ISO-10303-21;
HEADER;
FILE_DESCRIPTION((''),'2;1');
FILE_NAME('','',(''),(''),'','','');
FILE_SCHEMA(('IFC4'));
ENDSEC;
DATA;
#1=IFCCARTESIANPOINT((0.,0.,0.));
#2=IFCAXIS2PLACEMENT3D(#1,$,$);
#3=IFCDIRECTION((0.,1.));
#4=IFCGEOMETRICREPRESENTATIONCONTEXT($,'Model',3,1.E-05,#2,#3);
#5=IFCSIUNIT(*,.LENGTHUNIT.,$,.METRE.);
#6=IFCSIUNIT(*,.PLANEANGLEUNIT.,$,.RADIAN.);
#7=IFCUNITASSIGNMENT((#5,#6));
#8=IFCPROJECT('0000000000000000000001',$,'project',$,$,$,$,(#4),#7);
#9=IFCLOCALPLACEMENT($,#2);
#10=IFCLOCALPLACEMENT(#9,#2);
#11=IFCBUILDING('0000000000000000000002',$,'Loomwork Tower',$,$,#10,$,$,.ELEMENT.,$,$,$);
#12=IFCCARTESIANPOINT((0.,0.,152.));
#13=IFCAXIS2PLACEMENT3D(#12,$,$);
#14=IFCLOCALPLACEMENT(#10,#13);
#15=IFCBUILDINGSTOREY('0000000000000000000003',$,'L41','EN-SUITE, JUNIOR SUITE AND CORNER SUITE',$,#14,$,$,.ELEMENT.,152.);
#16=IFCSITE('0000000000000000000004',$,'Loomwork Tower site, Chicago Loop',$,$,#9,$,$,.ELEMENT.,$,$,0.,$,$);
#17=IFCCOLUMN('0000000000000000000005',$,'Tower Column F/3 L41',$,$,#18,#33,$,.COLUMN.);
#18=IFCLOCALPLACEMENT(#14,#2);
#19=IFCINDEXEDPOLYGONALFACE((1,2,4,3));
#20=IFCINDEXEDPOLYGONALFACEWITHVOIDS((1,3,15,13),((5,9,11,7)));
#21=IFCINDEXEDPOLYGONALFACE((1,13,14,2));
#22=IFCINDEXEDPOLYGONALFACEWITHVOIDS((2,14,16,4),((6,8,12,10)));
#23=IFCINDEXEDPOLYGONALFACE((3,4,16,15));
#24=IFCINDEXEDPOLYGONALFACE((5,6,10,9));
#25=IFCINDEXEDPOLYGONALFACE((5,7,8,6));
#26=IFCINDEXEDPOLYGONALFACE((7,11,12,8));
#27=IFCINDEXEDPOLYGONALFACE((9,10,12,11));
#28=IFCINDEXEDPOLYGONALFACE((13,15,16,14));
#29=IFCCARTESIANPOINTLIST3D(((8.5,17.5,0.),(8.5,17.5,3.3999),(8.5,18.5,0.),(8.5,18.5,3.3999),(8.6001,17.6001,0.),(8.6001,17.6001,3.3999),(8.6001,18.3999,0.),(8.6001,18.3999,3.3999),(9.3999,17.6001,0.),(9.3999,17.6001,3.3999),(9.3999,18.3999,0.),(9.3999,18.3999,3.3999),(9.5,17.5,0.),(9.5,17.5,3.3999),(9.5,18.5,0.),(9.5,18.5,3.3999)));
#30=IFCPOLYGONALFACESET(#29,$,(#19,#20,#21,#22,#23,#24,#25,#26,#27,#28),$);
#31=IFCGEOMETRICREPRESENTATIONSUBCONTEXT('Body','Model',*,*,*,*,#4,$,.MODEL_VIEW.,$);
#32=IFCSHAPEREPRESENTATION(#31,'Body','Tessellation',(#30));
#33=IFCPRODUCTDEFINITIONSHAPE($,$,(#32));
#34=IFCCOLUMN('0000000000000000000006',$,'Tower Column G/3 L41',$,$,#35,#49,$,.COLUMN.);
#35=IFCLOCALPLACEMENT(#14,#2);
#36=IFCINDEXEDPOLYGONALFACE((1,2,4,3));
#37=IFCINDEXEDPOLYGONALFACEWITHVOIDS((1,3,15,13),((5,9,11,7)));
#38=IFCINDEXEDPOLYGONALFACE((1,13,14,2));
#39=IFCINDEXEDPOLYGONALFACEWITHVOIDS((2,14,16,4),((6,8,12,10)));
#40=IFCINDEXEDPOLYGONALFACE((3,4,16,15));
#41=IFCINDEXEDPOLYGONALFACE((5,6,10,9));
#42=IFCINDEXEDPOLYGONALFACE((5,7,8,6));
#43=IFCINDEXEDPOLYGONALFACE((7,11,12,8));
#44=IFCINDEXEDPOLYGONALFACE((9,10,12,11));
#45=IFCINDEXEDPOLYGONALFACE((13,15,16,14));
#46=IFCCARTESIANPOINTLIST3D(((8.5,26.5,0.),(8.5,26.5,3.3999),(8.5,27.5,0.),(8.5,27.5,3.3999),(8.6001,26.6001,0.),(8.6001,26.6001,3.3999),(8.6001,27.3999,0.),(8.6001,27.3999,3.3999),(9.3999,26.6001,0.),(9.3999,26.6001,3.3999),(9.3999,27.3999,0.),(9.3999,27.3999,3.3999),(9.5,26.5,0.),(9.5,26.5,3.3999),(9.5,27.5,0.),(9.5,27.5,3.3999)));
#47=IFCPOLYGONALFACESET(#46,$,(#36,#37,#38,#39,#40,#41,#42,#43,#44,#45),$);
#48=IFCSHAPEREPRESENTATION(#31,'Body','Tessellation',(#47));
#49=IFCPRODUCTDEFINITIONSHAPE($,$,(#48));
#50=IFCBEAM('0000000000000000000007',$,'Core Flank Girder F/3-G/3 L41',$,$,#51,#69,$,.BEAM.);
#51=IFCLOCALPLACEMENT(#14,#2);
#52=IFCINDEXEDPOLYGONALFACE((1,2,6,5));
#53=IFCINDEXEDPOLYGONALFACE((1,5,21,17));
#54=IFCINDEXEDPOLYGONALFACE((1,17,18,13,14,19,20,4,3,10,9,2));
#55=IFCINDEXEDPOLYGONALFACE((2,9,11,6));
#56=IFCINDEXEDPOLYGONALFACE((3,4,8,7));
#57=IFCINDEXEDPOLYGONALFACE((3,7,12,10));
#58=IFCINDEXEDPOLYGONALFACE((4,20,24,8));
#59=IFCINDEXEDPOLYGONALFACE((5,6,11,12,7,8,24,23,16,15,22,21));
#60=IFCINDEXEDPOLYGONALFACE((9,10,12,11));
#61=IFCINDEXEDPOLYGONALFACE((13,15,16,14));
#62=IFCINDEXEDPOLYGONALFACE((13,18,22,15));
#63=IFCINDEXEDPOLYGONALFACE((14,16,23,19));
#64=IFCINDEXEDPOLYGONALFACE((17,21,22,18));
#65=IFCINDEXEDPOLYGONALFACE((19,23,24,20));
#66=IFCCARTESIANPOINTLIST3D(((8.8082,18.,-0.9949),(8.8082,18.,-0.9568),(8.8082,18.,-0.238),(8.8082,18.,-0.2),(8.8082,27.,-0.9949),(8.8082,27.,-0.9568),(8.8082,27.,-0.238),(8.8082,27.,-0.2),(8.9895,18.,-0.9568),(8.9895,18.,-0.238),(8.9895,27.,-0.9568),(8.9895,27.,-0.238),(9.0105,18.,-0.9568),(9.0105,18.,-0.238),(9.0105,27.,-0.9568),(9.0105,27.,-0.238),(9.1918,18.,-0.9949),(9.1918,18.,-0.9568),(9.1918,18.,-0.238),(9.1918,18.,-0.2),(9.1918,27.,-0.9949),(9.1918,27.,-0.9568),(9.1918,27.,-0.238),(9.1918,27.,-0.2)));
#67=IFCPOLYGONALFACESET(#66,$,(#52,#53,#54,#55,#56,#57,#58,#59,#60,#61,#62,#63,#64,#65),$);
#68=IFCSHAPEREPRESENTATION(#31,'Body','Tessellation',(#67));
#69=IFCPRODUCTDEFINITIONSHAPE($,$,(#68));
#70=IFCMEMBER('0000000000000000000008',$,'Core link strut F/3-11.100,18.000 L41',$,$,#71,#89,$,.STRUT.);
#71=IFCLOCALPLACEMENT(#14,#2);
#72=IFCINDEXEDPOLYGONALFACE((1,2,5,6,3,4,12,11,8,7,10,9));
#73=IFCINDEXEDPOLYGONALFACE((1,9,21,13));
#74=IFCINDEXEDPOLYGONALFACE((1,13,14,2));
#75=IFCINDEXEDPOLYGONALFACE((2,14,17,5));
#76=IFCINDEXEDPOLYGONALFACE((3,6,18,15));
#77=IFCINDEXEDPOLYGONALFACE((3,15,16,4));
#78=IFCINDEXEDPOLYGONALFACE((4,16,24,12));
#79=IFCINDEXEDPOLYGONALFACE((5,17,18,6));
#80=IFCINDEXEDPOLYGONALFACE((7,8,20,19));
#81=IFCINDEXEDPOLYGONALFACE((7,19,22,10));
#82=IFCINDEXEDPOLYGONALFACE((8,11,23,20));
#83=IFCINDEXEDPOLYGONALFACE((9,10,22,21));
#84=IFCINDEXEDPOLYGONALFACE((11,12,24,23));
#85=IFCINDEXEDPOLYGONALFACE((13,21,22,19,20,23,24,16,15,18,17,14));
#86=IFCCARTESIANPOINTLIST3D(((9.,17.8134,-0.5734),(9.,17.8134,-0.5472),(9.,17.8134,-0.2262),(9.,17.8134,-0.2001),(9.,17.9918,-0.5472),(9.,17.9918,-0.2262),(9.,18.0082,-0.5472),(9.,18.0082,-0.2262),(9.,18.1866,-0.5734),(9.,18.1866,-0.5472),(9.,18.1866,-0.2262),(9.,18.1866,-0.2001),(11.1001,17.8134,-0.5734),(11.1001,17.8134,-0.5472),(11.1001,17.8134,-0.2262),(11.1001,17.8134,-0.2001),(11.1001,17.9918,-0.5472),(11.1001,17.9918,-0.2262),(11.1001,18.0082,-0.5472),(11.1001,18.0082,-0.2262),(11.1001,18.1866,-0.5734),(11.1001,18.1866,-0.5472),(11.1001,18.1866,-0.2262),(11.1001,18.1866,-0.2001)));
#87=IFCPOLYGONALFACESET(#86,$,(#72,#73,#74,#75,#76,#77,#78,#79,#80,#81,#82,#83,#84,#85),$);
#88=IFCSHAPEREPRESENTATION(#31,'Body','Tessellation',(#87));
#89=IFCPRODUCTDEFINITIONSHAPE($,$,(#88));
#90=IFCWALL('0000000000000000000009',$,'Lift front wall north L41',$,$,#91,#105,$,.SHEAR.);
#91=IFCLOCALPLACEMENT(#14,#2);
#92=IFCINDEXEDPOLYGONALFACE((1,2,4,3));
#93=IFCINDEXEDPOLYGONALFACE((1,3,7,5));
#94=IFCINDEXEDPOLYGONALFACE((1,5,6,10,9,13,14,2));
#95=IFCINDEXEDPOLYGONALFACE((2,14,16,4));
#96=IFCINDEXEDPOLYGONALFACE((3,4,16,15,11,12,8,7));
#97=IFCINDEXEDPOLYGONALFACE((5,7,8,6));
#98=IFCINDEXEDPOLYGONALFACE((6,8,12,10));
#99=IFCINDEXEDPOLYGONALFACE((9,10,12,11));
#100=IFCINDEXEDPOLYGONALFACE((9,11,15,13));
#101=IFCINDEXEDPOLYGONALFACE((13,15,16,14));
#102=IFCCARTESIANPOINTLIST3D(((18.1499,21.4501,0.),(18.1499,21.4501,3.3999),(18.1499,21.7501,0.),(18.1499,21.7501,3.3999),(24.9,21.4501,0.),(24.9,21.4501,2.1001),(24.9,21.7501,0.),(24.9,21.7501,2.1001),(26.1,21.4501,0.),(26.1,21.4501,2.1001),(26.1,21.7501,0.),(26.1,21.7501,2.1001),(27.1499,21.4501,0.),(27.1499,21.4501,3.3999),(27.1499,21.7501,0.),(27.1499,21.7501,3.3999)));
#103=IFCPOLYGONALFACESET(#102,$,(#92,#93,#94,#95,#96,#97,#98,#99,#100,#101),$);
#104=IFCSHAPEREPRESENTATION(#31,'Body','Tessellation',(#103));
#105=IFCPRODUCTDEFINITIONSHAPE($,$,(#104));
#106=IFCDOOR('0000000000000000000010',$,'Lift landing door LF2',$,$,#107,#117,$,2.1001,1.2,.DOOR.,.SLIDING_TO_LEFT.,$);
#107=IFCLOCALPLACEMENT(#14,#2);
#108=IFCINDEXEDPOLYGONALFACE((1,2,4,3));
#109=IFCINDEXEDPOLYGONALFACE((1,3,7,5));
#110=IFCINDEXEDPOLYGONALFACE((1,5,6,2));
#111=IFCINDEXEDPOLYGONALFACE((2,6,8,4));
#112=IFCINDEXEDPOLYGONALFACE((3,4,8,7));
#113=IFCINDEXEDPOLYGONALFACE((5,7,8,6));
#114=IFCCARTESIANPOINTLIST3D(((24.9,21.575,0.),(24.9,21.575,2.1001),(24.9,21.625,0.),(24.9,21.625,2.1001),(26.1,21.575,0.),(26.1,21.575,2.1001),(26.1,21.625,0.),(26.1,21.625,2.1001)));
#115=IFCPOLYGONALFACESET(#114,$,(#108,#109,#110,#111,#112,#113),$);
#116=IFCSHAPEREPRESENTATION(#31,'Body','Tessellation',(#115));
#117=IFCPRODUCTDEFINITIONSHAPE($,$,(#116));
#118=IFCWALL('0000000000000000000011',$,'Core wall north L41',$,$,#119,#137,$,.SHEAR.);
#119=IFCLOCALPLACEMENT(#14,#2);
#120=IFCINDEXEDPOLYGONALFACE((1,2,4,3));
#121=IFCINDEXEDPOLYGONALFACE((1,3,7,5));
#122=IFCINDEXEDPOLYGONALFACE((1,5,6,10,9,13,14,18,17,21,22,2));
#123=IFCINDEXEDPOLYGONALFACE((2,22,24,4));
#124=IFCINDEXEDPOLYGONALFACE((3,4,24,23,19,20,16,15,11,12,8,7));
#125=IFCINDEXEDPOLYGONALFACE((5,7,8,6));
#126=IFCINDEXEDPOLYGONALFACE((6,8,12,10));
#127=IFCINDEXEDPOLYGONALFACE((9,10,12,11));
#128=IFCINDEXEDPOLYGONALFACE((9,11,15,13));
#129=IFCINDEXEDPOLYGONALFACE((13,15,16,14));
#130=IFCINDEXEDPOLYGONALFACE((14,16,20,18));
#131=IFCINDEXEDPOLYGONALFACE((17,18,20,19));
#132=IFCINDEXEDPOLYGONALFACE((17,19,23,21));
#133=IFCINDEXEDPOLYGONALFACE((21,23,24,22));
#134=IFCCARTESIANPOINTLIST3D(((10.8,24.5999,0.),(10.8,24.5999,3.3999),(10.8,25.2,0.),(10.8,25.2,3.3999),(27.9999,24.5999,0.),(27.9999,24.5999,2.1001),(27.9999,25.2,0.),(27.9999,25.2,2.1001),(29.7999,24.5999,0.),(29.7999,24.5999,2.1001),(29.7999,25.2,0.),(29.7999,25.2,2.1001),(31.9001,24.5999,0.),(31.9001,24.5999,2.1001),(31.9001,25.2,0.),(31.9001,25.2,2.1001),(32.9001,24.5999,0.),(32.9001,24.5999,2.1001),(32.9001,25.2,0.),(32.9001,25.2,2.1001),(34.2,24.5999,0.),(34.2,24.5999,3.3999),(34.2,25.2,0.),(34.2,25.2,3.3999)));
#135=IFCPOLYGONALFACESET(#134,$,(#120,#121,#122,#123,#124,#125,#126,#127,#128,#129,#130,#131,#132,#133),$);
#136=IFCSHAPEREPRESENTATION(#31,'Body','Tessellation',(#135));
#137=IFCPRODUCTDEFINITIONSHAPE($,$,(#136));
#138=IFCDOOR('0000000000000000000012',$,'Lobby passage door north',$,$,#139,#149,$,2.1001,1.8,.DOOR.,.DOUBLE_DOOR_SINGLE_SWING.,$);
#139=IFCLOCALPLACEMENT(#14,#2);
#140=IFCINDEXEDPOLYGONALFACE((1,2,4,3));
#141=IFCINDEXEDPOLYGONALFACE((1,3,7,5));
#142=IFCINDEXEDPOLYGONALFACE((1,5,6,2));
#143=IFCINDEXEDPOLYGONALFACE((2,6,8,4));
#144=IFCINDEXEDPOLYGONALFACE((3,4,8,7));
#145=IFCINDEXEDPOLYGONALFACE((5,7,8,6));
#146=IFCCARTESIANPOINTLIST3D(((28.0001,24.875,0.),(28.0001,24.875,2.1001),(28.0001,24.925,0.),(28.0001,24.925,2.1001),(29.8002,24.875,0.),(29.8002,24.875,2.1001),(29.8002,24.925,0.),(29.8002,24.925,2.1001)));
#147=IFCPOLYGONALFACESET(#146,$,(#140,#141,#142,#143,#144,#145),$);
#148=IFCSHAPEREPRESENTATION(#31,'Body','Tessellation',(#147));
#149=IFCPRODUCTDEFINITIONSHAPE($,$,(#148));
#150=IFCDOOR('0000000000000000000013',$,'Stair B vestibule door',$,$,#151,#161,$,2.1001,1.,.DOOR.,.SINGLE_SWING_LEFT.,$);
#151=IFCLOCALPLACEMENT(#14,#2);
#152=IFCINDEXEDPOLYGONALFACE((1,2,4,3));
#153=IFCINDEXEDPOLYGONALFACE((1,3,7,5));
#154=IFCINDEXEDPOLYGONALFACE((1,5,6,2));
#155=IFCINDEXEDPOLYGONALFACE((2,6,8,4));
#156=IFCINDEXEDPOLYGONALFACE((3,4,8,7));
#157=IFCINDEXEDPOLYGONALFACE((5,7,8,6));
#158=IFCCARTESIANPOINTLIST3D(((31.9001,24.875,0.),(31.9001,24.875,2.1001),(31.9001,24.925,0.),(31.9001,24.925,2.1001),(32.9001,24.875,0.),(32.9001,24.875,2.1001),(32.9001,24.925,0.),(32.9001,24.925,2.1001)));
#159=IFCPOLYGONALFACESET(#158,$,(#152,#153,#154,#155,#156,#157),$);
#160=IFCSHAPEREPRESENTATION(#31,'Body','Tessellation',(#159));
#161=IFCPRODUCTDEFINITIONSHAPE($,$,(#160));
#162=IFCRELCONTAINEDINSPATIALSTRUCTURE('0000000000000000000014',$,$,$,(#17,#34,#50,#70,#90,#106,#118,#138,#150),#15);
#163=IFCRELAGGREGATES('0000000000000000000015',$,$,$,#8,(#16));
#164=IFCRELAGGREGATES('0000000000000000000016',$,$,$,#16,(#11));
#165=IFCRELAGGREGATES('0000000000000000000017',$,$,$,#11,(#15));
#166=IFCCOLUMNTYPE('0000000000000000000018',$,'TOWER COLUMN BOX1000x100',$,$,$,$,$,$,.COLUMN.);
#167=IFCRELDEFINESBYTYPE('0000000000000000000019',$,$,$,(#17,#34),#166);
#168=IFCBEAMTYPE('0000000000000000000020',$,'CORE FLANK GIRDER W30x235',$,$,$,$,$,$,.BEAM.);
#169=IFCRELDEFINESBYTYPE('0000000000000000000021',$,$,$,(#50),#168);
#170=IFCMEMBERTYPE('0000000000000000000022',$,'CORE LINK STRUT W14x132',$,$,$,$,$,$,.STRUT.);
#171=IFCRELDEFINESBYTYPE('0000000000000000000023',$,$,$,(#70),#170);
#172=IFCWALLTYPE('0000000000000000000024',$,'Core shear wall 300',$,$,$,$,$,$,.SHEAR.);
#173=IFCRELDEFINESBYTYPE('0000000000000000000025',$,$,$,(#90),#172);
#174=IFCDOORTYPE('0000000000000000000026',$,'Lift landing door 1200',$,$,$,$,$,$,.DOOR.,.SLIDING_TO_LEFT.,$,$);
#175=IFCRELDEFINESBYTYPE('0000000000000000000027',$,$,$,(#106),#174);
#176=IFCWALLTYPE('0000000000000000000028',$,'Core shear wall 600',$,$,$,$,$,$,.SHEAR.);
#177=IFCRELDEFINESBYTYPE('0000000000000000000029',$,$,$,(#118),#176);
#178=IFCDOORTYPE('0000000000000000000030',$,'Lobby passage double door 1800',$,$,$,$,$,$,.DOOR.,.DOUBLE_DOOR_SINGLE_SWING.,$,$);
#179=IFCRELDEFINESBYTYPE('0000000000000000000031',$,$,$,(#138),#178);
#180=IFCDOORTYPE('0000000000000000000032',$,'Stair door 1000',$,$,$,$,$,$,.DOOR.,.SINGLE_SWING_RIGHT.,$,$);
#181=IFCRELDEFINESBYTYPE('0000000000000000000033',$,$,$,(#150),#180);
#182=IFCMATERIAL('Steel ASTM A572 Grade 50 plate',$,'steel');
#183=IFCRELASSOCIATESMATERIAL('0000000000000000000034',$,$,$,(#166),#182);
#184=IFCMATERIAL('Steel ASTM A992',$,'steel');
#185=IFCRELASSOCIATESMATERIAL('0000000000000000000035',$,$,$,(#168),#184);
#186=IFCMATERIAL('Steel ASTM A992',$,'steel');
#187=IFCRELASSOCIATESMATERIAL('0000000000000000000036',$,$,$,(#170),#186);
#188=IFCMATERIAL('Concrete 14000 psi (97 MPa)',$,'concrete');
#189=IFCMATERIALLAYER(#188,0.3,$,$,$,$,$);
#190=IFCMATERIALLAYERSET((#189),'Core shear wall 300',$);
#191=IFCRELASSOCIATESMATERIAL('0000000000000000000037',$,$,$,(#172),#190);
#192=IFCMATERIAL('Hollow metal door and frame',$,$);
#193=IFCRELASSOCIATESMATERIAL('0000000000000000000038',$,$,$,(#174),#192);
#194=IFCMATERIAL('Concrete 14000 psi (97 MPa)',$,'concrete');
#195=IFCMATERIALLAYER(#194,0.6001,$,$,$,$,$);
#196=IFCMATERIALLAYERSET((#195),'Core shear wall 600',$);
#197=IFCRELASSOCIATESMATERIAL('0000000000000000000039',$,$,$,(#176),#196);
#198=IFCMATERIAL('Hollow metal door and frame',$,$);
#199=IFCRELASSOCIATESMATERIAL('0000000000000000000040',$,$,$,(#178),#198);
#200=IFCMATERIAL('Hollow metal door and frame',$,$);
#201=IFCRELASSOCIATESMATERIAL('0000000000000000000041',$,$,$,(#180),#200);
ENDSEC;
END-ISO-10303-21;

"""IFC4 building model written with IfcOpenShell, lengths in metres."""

from ifc_helpers import new_model, si_unit, direction, frame, frame_2d, origin, origin_2d, place, context, subcontext, project, spatial, rectangle, hollow_rectangle, i_section, extrude, material, layer, layer_set, material_profile, profile_set, type_object, element, fill, save


model = new_model("IFC4")

# Units and contexts
model_context = context("Model", 3, precision=1e-05, world=origin(), true_north=direction((0.0, 1.0)))
body_context = subcontext(model_context, "Body", "Model", "MODEL_VIEW")
ifc_project = project(units=[si_unit("LENGTHUNIT", "METRE"), si_unit("PLANEANGLEUNIT", "RADIAN")], contexts=[model_context])

# Site, building, storey
site_placement = place(None, origin())
site = spatial("IfcSite", under=ifc_project, at=site_placement, Name="Loomwork Tower site, Chicago Loop", CompositionType="ELEMENT", RefElevation=0.0)
building_placement = place(site_placement, origin())
building = spatial("IfcBuilding", under=site, at=building_placement, Name="Loomwork Tower", CompositionType="ELEMENT")
storey_placement = place(building_placement, frame((0.0, 0.0, 152.0)))
storey = spatial("IfcBuildingStorey", under=building, at=storey_placement, Name="L41", Description="EN-SUITE, JUNIOR SUITE AND CORNER SUITE", CompositionType="ELEMENT", Elevation=152.0)

# Columns
ifc_material_1 = material(Name="Steel ASTM A572 Grade 50 plate", Category="steel")
ifc_material_profile_1 = material_profile(ifc_material_1, hollow_rectangle(XDim=1.0, YDim=1.0, WallThickness=0.1001, at=origin_2d()), Name="BOX1000x100")
ifc_profile_set_1 = profile_set([ifc_material_profile_1], Name="Steel ASTM A572 Grade 50 plate")
column_type = type_object("IfcColumnType", Name="TOWER COLUMN BOX1000x100", PredefinedType="COLUMN", material=ifc_profile_set_1)
for number, where, z_axis, x_axis, name in (
    (1, (9.0, 18.0, 0.0), (0.0, 0.0, 1.0), (1.0, 0.0, 0.0), "Tower Column F/3 L41"),
    (2, (9.0, 27.0, 0.0), (0.0, 0.0, 1.0), (1.0, 0.0, 0.0), "Tower Column G/3 L41"),
):
    element("IfcColumn", number, at=place(storey_placement, frame(where, z_axis=z_axis, x_axis=x_axis)), inside=storey, type_object=column_type, Name=name, PredefinedType="COLUMN", context=body_context, shape_type="SweptSolid", body=[
        extrude(hollow_rectangle(XDim=1.0, YDim=1.0, WallThickness=0.1001, at=origin_2d()), origin(), (0.0, 0.0, 1.0), 3.3999),
    ])

# Beam
ifc_material_2 = material(Name="Steel ASTM A992", Category="steel")
ifc_material_profile_2 = material_profile(ifc_material_2, i_section(OverallWidth=0.3835, OverallDepth=0.7949, WebThickness=0.021, FlangeThickness=0.0381, at=origin_2d()), Name="W30x235")
ifc_profile_set_2 = profile_set([ifc_material_profile_2], Name="Steel ASTM A992")
beam_type = type_object("IfcBeamType", Name="CORE FLANK GIRDER W30x235", PredefinedType="BEAM", material=ifc_profile_set_2)
beam_placement = place(storey_placement, frame((9.0, 18.0, -0.5974), z_axis=(0.0, 1.0, 0.0), x_axis=(-1.0, 0.0, 0.0)))
element("IfcBeam", 3, at=beam_placement, inside=storey, type_object=beam_type, Name="Core Flank Girder F/3-G/3 L41", PredefinedType="BEAM", context=body_context, shape_type="SweptSolid", body=[
    extrude(i_section(OverallWidth=0.3835, OverallDepth=0.7949, WebThickness=0.021, FlangeThickness=0.0381, at=origin_2d()), origin(), (0.0, 0.0, 1.0), 9.0),
])

# Member
ifc_material_3 = material(Name="Steel ASTM A992", Category="steel")
ifc_material_profile_3 = material_profile(ifc_material_3, i_section(OverallWidth=0.3733, OverallDepth=0.3733, WebThickness=0.0164, FlangeThickness=0.0261, at=origin_2d()), Name="W14x132")
ifc_profile_set_3 = profile_set([ifc_material_profile_3], Name="Steel ASTM A992")
member_type = type_object("IfcMemberType", Name="CORE LINK STRUT W14x132", PredefinedType="STRUT", material=ifc_profile_set_3)
member_placement = place(storey_placement, frame((9.0, 18.0, -0.3867), z_axis=(1.0, 0.0, 0.0), x_axis=(0.0, 1.0, 0.0)))
element("IfcMember", 4, at=member_placement, inside=storey, type_object=member_type, Name="Core link strut F/3-11.100,18.000 L41", PredefinedType="STRUT", context=body_context, shape_type="SweptSolid", body=[
    extrude(i_section(OverallWidth=0.3733, OverallDepth=0.3733, WebThickness=0.0164, FlangeThickness=0.0261, at=origin_2d()), origin(), (0.0, 0.0, 1.0), 2.1001),
])

# Wall, opening, door
ifc_material_4 = material(Name="Concrete 14000 psi (97 MPa)", Category="concrete")
ifc_layer_1 = layer(ifc_material_4, 0.3)
ifc_layer_set_1 = layer_set([ifc_layer_1], Name="Core shear wall 300")
wall_type_1 = type_object("IfcWallType", Name="Core shear wall 300", PredefinedType="SHEAR", material=ifc_layer_set_1)
wall_1_placement = place(storey_placement, frame((18.1499, 21.6001, 0.0), z_axis=(0.0, 0.0, 1.0), x_axis=(1.0, 0.0, 0.0)))
wall_1 = element("IfcWall", 5, at=wall_1_placement, inside=storey, type_object=wall_type_1, Name="Lift front wall north L41", PredefinedType="SHEAR", context=body_context, shape_type="SweptSolid", body=[
    extrude(rectangle(XDim=9.0, YDim=0.3, at=frame_2d((4.5, 0.0))), origin(), (0.0, 0.0, 1.0), 3.3999),
])
opening_1_placement = place(wall_1_placement, frame((6.75, 0.0, 0.0)))
opening_1 = element("IfcOpeningElement", 6, at=opening_1_placement, cuts=wall_1, PredefinedType="OPENING", context=body_context, shape_type="SweptSolid", body=[
    extrude(rectangle(XDim=1.2, YDim=2.1001, at=frame_2d((0.6001, 1.05))), frame((0.0, 0.1599, 0.0), z_axis=(0.0, -1.0, 0.0), x_axis=(1.0, 0.0, 0.0)), (0.0, 0.0, 1.0), 0.3201),
])
ifc_material_5 = material(Name="Hollow metal door and frame")
door_type_1 = type_object("IfcDoorType", Name="Lift landing door 1200", OperationType="SLIDING_TO_LEFT", PredefinedType="DOOR", material=ifc_material_5)
door_1_placement = place(opening_1_placement, origin())
door_1 = element("IfcDoor", 7, at=door_1_placement, inside=storey, type_object=door_type_1, Name="Lift landing door LF2", OperationType="SLIDING_TO_LEFT", OverallHeight=2.1001, OverallWidth=1.2, PredefinedType="DOOR", context=body_context, shape_type="SweptSolid", body=[
    extrude(rectangle(XDim=1.2, YDim=2.1001, at=frame_2d((0.6001, 1.05))), frame((0.0, 0.0249, 0.0), z_axis=(0.0, -1.0, 0.0), x_axis=(1.0, 0.0, 0.0)), (0.0, 0.0, 1.0), 0.05),
])
fill(opening_1, door_1)

# Wall, openings, doors
ifc_material_6 = material(Name="Concrete 14000 psi (97 MPa)", Category="concrete")
ifc_layer_2 = layer(ifc_material_6, 0.6001)
ifc_layer_set_2 = layer_set([ifc_layer_2], Name="Core shear wall 600")
wall_type_2 = type_object("IfcWallType", Name="Core shear wall 600", PredefinedType="SHEAR", material=ifc_layer_set_2)
wall_2_placement = place(storey_placement, frame((10.8, 24.8999, 0.0), z_axis=(0.0, 0.0, 1.0), x_axis=(1.0, 0.0, 0.0)))
wall_2 = element("IfcWall", 8, at=wall_2_placement, inside=storey, type_object=wall_type_2, Name="Core wall north L41", PredefinedType="SHEAR", context=body_context, shape_type="SweptSolid", body=[
    extrude(rectangle(XDim=23.3999, YDim=0.6001, at=frame_2d((11.7, 0.0))), origin(), (0.0, 0.0, 1.0), 3.3999),
])
opening_2_placement = place(wall_2_placement, frame((17.2, 0.0, 0.0)))
opening_2 = element("IfcOpeningElement", 9, at=opening_2_placement, cuts=wall_2, PredefinedType="OPENING", context=body_context, shape_type="SweptSolid", body=[
    extrude(rectangle(XDim=1.8, YDim=2.1001, at=frame_2d((0.8999, 1.05))), frame((0.0, 0.3101, 0.0), z_axis=(0.0, -1.0, 0.0), x_axis=(1.0, 0.0, 0.0)), (0.0, 0.0, 1.0), 0.6201),
])
opening_3_placement = place(wall_2_placement, frame((21.1001, 0.0, 0.0)))
opening_3 = element("IfcOpeningElement", 10, at=opening_3_placement, cuts=wall_2, PredefinedType="OPENING", context=body_context, shape_type="SweptSolid", body=[
    extrude(rectangle(XDim=1.0, YDim=2.1001, at=frame_2d((0.5, 1.05))), frame((0.0, 0.3101, 0.0), z_axis=(0.0, -1.0, 0.0), x_axis=(1.0, 0.0, 0.0)), (0.0, 0.0, 1.0), 0.6201),
])
ifc_material_7 = material(Name="Hollow metal door and frame")
door_type_2 = type_object("IfcDoorType", Name="Lobby passage double door 1800", OperationType="DOUBLE_DOOR_SINGLE_SWING", PredefinedType="DOOR", material=ifc_material_7)
door_2_placement = place(opening_2_placement, frame((1.8, 0.0, 0.0), z_axis=(0.0, 0.0, 1.0), x_axis=(-1.0, 0.0, 0.0)))
door_2 = element("IfcDoor", 11, at=door_2_placement, inside=storey, type_object=door_type_2, Name="Lobby passage door north", OperationType="DOUBLE_DOOR_SINGLE_SWING", OverallHeight=2.1001, OverallWidth=1.8, PredefinedType="DOOR", context=body_context, shape_type="SweptSolid", body=[
    extrude(rectangle(XDim=1.8, YDim=2.1001, at=frame_2d((0.8999, 1.05))), frame((0.0, 0.0249, 0.0), z_axis=(0.0, -1.0, 0.0), x_axis=(1.0, 0.0, 0.0)), (0.0, 0.0, 1.0), 0.05),
])
fill(opening_2, door_2)
ifc_material_8 = material(Name="Hollow metal door and frame")
door_type_3 = type_object("IfcDoorType", Name="Stair door 1000", OperationType="SINGLE_SWING_RIGHT", PredefinedType="DOOR", material=ifc_material_8)
door_3_placement = place(opening_3_placement, frame((1.0, 0.0, 0.0), z_axis=(0.0, 0.0, 1.0), x_axis=(-1.0, 0.0, 0.0)))
door_3 = element("IfcDoor", 12, at=door_3_placement, inside=storey, type_object=door_type_3, Name="Stair B vestibule door", OperationType="SINGLE_SWING_LEFT", OverallHeight=2.1001, OverallWidth=1.0, PredefinedType="DOOR", context=body_context, shape_type="SweptSolid", body=[
    extrude(rectangle(XDim=1.0, YDim=2.1001, at=frame_2d((0.5, 1.05))), frame((0.0, 0.0249, 0.0), z_axis=(0.0, -1.0, 0.0), x_axis=(1.0, 0.0, 0.0)), (0.0, 0.0, 1.0), 0.05),
])
fill(opening_3, door_3)

save(model, "model.ifc")
